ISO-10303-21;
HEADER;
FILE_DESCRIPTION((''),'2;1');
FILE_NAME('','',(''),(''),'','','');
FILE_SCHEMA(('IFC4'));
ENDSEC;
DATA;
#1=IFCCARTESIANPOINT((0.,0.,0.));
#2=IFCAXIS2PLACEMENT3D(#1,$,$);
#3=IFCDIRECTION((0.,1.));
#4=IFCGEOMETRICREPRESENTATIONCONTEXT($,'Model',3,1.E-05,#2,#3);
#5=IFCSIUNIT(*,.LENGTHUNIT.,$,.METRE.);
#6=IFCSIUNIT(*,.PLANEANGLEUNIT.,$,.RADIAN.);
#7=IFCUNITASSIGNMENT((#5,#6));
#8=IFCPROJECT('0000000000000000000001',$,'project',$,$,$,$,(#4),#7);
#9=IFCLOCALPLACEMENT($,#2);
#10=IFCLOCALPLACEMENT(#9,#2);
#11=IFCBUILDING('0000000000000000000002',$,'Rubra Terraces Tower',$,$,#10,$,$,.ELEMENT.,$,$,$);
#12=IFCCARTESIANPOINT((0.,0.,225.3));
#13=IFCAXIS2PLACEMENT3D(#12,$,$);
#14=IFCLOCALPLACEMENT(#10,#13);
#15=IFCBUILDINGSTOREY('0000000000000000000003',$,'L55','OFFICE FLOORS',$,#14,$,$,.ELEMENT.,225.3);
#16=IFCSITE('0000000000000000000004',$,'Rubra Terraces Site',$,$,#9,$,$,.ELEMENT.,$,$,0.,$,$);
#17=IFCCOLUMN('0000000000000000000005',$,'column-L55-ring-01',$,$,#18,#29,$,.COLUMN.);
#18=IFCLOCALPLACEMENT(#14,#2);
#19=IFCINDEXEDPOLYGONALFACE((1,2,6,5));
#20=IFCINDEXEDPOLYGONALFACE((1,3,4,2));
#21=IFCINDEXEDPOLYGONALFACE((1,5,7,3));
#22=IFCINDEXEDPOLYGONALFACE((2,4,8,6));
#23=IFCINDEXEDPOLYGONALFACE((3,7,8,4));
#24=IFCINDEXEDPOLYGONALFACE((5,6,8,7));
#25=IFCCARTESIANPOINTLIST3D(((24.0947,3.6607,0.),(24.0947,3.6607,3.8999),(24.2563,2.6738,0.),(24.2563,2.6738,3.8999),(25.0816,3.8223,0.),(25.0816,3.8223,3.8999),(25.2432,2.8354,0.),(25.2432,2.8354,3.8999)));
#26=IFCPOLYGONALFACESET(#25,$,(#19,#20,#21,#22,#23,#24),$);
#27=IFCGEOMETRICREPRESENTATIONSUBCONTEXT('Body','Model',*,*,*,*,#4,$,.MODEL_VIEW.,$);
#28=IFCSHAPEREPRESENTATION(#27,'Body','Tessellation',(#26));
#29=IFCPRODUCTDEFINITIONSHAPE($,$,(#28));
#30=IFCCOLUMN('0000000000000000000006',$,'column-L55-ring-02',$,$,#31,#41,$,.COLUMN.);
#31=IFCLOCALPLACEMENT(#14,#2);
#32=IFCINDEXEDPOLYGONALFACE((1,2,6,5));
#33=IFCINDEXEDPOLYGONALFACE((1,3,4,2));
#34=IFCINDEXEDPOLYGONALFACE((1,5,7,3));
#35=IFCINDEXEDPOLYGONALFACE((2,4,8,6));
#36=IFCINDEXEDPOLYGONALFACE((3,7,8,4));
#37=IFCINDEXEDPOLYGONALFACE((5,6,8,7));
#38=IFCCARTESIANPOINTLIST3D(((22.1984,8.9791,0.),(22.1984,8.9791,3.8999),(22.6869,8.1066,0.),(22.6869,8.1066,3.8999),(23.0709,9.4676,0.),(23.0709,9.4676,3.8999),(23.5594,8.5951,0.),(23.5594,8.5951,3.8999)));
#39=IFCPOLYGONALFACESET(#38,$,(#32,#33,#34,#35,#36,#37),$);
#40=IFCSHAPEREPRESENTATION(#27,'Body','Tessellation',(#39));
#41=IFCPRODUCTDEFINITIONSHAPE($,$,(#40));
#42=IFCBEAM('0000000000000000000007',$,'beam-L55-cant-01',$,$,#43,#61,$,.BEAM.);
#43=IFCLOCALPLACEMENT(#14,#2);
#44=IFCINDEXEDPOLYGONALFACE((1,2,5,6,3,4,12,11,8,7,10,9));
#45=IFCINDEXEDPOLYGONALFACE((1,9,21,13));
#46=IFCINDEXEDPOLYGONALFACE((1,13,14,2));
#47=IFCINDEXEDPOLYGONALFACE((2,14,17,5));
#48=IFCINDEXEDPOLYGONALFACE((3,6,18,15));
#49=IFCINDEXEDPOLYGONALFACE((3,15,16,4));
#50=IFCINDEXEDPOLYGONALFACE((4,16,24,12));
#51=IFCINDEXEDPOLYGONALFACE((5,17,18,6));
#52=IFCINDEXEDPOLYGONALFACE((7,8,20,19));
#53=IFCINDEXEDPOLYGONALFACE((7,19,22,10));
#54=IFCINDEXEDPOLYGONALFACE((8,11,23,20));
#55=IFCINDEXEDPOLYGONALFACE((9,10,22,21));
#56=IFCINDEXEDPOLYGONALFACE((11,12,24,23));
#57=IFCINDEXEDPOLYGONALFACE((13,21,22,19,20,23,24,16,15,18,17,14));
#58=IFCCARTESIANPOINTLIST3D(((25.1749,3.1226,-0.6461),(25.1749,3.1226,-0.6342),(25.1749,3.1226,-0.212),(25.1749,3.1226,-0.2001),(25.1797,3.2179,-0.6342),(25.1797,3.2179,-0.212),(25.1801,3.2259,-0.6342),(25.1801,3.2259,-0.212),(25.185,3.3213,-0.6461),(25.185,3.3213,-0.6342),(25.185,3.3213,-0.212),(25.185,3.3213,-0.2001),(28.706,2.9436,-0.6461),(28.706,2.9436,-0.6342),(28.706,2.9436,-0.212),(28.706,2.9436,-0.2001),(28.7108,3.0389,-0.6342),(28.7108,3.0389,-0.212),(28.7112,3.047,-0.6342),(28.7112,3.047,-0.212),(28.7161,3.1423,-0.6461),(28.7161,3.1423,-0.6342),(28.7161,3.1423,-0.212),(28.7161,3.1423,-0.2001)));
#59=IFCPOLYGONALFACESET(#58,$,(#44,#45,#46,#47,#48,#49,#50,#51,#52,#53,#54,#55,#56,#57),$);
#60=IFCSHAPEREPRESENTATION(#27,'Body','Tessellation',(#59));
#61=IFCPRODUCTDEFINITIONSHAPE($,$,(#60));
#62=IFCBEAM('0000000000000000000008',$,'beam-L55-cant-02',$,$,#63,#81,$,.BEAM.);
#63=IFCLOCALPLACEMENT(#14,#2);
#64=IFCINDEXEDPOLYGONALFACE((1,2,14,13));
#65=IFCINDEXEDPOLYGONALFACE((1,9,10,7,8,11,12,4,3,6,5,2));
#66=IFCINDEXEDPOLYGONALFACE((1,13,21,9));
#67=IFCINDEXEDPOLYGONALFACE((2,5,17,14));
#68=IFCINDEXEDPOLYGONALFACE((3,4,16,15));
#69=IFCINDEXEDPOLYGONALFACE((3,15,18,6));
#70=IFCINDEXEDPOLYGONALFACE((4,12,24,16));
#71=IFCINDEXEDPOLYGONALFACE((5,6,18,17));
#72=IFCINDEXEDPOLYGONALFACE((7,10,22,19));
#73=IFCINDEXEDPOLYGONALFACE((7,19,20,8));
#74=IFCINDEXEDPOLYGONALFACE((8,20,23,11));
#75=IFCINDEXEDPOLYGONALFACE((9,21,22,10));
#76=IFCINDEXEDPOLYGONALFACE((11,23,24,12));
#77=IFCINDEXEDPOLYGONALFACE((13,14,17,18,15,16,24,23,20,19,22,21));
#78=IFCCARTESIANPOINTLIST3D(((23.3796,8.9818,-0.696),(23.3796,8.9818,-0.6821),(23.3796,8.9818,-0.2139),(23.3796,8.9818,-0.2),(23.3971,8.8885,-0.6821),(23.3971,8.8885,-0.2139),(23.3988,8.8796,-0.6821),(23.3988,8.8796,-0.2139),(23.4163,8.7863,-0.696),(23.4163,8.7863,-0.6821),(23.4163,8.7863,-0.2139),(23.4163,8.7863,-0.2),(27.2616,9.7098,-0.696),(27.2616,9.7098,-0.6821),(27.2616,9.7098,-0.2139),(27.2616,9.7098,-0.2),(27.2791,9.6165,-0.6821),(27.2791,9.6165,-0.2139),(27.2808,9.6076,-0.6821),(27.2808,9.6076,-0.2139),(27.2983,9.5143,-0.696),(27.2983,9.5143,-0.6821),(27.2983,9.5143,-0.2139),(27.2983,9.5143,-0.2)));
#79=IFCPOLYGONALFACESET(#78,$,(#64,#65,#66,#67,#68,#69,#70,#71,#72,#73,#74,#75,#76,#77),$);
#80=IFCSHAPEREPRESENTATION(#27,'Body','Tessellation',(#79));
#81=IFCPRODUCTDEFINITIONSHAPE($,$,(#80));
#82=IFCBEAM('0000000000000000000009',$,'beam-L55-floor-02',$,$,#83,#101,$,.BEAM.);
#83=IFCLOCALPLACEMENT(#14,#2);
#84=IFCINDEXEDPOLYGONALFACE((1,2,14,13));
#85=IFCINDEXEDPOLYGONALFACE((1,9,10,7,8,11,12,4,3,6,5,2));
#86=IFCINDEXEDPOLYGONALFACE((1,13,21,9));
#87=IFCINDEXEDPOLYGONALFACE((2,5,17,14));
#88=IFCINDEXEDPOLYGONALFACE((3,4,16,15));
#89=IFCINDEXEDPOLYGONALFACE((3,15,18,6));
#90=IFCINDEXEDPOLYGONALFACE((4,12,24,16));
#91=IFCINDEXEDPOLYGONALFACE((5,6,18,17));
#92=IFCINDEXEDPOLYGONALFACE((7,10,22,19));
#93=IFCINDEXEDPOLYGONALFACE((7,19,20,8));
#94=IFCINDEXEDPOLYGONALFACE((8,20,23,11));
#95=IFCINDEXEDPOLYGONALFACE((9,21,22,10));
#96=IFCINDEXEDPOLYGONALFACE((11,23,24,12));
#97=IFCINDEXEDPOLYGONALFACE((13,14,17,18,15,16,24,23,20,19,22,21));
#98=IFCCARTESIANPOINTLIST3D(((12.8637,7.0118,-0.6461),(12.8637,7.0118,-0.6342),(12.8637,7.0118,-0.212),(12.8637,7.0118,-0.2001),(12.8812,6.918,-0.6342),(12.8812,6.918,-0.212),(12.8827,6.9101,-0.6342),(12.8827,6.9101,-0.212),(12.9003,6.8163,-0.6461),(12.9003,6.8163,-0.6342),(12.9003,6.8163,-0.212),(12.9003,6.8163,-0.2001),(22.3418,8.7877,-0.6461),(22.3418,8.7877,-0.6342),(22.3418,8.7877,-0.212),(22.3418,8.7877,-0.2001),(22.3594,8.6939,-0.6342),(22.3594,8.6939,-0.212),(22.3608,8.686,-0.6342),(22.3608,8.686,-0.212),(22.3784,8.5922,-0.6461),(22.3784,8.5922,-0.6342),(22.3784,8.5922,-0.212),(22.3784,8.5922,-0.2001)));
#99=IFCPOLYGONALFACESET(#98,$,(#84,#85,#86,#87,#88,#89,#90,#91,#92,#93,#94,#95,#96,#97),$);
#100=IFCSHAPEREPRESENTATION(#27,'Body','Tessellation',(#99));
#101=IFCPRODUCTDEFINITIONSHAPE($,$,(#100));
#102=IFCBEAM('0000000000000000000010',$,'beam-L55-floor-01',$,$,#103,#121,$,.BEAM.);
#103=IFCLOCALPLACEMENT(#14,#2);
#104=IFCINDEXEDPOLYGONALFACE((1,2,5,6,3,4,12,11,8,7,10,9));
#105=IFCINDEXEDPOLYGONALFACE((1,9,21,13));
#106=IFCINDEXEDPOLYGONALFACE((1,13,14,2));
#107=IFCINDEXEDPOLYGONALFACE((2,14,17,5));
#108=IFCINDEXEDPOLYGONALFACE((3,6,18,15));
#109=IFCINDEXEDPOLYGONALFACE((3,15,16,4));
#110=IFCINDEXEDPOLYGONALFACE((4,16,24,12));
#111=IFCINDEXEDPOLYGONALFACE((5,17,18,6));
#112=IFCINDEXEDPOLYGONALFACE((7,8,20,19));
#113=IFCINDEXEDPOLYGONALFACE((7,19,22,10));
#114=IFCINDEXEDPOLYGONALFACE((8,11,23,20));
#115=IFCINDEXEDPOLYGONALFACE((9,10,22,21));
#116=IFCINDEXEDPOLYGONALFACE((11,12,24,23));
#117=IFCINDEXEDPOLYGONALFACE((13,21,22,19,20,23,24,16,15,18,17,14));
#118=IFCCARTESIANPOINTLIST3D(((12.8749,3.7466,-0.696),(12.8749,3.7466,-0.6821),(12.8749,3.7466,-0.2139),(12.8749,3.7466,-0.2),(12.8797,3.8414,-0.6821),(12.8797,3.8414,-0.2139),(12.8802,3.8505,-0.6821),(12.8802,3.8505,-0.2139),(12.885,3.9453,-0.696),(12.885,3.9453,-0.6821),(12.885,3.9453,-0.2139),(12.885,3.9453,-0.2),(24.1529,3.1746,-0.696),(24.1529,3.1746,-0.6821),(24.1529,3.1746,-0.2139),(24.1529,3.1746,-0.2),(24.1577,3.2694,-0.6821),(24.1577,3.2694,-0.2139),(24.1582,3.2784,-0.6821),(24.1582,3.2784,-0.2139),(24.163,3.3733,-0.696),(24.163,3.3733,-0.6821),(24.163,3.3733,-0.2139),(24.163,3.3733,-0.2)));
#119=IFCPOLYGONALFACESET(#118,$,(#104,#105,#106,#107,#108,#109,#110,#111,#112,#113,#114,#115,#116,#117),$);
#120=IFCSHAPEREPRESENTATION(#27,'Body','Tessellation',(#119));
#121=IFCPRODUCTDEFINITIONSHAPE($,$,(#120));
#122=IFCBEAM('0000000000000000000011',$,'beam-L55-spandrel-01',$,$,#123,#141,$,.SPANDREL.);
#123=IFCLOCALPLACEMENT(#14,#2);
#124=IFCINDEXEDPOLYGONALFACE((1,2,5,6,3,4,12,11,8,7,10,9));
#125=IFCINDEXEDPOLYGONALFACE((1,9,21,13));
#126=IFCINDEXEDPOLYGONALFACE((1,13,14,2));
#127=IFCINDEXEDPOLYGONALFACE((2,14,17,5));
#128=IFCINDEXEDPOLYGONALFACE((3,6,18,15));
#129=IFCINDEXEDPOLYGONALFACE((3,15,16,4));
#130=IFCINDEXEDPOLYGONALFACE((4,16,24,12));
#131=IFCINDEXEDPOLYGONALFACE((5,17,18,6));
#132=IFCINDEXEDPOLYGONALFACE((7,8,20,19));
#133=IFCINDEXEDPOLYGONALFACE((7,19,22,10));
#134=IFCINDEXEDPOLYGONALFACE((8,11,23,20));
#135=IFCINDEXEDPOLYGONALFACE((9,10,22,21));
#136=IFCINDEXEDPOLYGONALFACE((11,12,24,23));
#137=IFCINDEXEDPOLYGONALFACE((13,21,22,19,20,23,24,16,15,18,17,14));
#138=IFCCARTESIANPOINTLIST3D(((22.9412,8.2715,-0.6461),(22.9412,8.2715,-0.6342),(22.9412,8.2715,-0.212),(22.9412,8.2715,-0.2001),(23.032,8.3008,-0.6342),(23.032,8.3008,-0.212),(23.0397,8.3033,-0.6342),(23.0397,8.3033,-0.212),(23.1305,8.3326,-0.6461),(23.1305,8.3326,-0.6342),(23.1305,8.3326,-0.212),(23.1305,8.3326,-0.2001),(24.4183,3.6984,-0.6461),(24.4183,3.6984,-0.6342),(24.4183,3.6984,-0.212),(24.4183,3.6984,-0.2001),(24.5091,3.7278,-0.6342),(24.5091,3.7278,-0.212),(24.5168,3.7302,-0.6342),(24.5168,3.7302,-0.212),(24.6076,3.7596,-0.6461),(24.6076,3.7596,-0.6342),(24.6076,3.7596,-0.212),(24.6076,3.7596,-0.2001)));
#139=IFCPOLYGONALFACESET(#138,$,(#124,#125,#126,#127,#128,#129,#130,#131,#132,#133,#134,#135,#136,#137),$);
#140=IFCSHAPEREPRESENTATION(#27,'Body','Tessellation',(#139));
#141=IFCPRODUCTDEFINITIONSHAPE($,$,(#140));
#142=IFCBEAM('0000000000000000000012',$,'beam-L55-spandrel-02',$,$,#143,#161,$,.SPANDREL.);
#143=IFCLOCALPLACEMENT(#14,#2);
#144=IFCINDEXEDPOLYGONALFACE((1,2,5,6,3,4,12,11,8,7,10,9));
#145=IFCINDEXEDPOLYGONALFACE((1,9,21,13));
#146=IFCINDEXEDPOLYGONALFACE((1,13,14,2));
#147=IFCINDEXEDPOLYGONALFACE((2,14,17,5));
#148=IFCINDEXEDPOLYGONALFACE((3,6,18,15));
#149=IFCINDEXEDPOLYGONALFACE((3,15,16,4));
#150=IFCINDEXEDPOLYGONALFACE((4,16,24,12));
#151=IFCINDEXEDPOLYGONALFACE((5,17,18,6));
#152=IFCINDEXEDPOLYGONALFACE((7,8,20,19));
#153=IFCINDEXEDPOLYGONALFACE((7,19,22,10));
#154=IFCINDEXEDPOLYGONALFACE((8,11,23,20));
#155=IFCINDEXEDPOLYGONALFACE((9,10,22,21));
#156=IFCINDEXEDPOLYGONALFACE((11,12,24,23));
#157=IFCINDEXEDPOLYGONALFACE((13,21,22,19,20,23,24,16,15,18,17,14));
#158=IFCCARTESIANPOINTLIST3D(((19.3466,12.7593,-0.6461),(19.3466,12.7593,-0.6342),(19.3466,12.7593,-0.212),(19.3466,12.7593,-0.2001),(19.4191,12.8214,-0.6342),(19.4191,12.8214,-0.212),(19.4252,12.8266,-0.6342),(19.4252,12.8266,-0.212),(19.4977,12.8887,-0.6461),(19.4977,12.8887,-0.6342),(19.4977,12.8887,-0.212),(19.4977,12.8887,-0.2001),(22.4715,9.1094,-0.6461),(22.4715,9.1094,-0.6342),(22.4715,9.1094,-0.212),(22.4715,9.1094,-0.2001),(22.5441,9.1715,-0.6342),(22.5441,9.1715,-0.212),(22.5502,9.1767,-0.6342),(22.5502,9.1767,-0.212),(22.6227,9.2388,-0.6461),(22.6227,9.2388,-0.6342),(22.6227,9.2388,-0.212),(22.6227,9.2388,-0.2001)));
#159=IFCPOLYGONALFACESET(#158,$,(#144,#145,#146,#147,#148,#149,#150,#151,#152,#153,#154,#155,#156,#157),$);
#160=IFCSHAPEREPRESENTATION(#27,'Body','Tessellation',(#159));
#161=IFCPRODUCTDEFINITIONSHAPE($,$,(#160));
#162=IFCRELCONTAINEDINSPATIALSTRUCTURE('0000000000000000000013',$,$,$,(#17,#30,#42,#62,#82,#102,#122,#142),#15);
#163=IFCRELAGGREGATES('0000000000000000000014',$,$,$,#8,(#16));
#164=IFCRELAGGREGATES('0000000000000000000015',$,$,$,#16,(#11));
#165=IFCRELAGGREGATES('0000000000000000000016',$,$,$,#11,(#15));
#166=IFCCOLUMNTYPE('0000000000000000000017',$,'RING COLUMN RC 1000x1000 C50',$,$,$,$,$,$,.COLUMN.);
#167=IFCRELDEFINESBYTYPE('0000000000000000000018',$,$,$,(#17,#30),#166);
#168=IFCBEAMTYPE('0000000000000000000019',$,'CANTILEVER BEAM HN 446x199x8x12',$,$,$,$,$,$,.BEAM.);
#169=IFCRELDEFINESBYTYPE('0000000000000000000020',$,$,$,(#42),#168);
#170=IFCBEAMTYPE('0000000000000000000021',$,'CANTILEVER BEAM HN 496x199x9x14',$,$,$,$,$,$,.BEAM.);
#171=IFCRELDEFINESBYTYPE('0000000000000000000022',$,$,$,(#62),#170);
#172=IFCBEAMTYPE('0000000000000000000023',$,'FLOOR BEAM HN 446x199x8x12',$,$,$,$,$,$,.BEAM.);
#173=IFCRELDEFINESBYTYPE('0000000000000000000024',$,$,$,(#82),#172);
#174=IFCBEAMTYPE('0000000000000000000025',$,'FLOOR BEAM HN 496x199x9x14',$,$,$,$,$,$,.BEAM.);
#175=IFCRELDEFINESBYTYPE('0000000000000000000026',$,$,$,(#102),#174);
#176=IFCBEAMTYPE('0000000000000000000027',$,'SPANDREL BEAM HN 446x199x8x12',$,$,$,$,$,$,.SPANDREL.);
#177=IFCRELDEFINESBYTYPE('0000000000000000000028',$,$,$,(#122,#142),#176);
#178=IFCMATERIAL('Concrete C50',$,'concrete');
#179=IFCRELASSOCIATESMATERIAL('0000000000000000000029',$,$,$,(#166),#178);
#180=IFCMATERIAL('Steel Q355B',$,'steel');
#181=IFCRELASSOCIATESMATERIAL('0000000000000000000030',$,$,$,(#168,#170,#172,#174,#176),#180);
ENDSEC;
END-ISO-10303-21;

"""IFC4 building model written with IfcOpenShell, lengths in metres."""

from ifc_helpers import new_model, si_unit, direction, frame, origin, origin_2d, place, context, subcontext, project, spatial, rectangle, i_section, extrude, material, material_profile, profile_set, type_object, element, save


model = new_model("IFC4")

# Units and contexts
model_context = context("Model", 3, precision=1e-05, world=origin(), true_north=direction((0.0, 1.0)))
body_context = subcontext(model_context, "Body", "Model", "MODEL_VIEW")
ifc_project = project(units=[si_unit("LENGTHUNIT", "METRE"), si_unit("PLANEANGLEUNIT", "RADIAN")], contexts=[model_context])

# Site, building, storey
site_placement = place(None, origin())
site = spatial("IfcSite", under=ifc_project, at=site_placement, Name="Rubra Terraces Site", CompositionType="ELEMENT", RefElevation=0.0)
building_placement = place(site_placement, origin())
building = spatial("IfcBuilding", under=site, at=building_placement, Name="Rubra Terraces Tower", CompositionType="ELEMENT")
storey_placement = place(building_placement, frame((0.0, 0.0, 225.3)))
storey = spatial("IfcBuildingStorey", under=building, at=storey_placement, Name="L55", Description="OFFICE FLOORS", CompositionType="ELEMENT", Elevation=225.3)

# Columns
ifc_material_1 = material(Name="Concrete C50", Category="concrete")
ifc_material_profile_1 = material_profile(ifc_material_1, rectangle(XDim=1.0, YDim=1.0, at=origin_2d()), Name="RC 1000x1000")
ifc_profile_set_1 = profile_set([ifc_material_profile_1], Name="Concrete C50")
column_type = type_object("IfcColumnType", Name="RING COLUMN RC 1000x1000 C50", PredefinedType="COLUMN", material=ifc_profile_set_1)
for number, where, z_axis, x_axis, name in (
    (1, (24.6689, 3.248, 0.0), (0.0, 0.0, 1.0), (-0.161559, 0.986863, 0.0), "column-L55-ring-01"),
    (2, (22.8789, 8.7871, 0.0), (0.0, 0.0, 1.0), (-0.488526, 0.872549, 0.0), "column-L55-ring-02"),
):
    element("IfcColumn", number, at=place(storey_placement, frame(where, z_axis=z_axis, x_axis=x_axis)), inside=storey, type_object=column_type, Name=name, PredefinedType="COLUMN", context=body_context, shape_type="SweptSolid", body=[
        extrude(rectangle(XDim=1.0, YDim=1.0, at=origin_2d()), origin(), (0.0, 0.0, 1.0), 3.8999),
    ])

# Beams
ifc_material_2 = material(Name="Steel Q355B", Category="steel")
ifc_material_profile_2 = material_profile(ifc_material_2, i_section(OverallWidth=0.199, OverallDepth=0.446, WebThickness=0.0081, FlangeThickness=0.012, at=origin_2d()), Name="HN 446x199x8x12")
ifc_profile_set_2 = profile_set([ifc_material_profile_2], Name="Steel Q355B")
beam_type_1 = type_object("IfcBeamType", Name="CANTILEVER BEAM HN 446x199x8x12", PredefinedType="BEAM", material=ifc_profile_set_2)
beam_1_placement = place(storey_placement, frame((25.1799, 3.2219, -0.4231), z_axis=(0.998718, -0.050616, 0.0), x_axis=(0.050616, 0.998718, 0.0)))
element("IfcBeam", 3, at=beam_1_placement, inside=storey, type_object=beam_type_1, Name="beam-L55-cant-01", PredefinedType="BEAM", context=body_context, shape_type="SweptSolid", body=[
    extrude(i_section(OverallWidth=0.199, OverallDepth=0.446, WebThickness=0.0081, FlangeThickness=0.012, at=origin_2d()), origin(), (0.0, 0.0, 1.0), 3.5356),
])
ifc_material_profile_3 = material_profile(ifc_material_2, i_section(OverallWidth=0.199, OverallDepth=0.4961, WebThickness=0.009, FlangeThickness=0.0139, at=origin_2d()), Name="HN 496x199x9x14")
ifc_profile_set_3 = profile_set([ifc_material_profile_3], Name="Steel Q355B")
beam_type_2 = type_object("IfcBeamType", Name="CANTILEVER BEAM HN 496x199x9x14", PredefinedType="BEAM", material=ifc_profile_set_3)
beam_2_placement = place(storey_placement, frame((23.3979, 8.884, -0.448), z_axis=(0.982866, 0.184322, 0.0), x_axis=(-0.184322, 0.982866, 0.0)))
element("IfcBeam", 4, at=beam_2_placement, inside=storey, type_object=beam_type_2, Name="beam-L55-cant-02", PredefinedType="BEAM", context=body_context, shape_type="SweptSolid", body=[
    extrude(i_section(OverallWidth=0.199, OverallDepth=0.4961, WebThickness=0.009, FlangeThickness=0.0139, at=origin_2d()), origin(), (0.0, 0.0, 1.0), 3.9497),
])
ifc_material_profile_4 = material_profile(ifc_material_2, i_section(OverallWidth=0.199, OverallDepth=0.446, WebThickness=0.0081, FlangeThickness=0.012, at=origin_2d()), Name="HN 446x199x8x12")
ifc_profile_set_4 = profile_set([ifc_material_profile_4], Name="Steel Q355B")
beam_type_3 = type_object("IfcBeamType", Name="FLOOR BEAM HN 446x199x8x12", PredefinedType="BEAM", material=ifc_profile_set_4)
beam_3_placement = place(storey_placement, frame((22.3601, 8.6899, -0.4231), z_axis=(-0.982896, -0.184163, 0.0), x_axis=(0.184163, -0.982896, 0.0)))
element("IfcBeam", 5, at=beam_3_placement, inside=storey, type_object=beam_type_3, Name="beam-L55-floor-02", PredefinedType="BEAM", context=body_context, shape_type="SweptSolid", body=[
    extrude(i_section(OverallWidth=0.199, OverallDepth=0.446, WebThickness=0.0081, FlangeThickness=0.012, at=origin_2d()), origin(), (0.0, 0.0, 1.0), 9.6431),
])
ifc_material_profile_5 = material_profile(ifc_material_2, i_section(OverallWidth=0.199, OverallDepth=0.4961, WebThickness=0.009, FlangeThickness=0.0139, at=origin_2d()), Name="HN 496x199x9x14")
ifc_profile_set_5 = profile_set([ifc_material_profile_5], Name="Steel Q355B")
beam_type_4 = type_object("IfcBeamType", Name="FLOOR BEAM HN 496x199x9x14", PredefinedType="BEAM", material=ifc_profile_set_5)
beam_4_placement = place(storey_placement, frame((24.158, 3.2739, -0.448), z_axis=(-0.998716, 0.050655, 0.0), x_axis=(-0.050655, -0.998716, 0.0)))
element("IfcBeam", 6, at=beam_4_placement, inside=storey, type_object=beam_type_4, Name="beam-L55-floor-01", PredefinedType="BEAM", context=body_context, shape_type="SweptSolid", body=[
    extrude(i_section(OverallWidth=0.199, OverallDepth=0.4961, WebThickness=0.009, FlangeThickness=0.0139, at=origin_2d()), origin(), (0.0, 0.0, 1.0), 11.2925),
])
ifc_material_profile_6 = material_profile(ifc_material_2, i_section(OverallWidth=0.199, OverallDepth=0.446, WebThickness=0.0081, FlangeThickness=0.012, at=origin_2d()), Name="HN 446x199x8x12")
ifc_profile_set_6 = profile_set([ifc_material_profile_6], Name="Steel Q355B")
beam_type_5 = type_object("IfcBeamType", Name="SPANDREL BEAM HN 446x199x8x12", PredefinedType="SPANDREL", material=ifc_profile_set_6)
beam_5_placement = place(storey_placement, frame((24.5129, 3.729, -0.4231), z_axis=(-0.307359, 0.951594, 0.0), x_axis=(-0.951594, -0.307359, 0.0)))
element("IfcBeam", 7, at=beam_5_placement, inside=storey, type_object=beam_type_5, Name="beam-L55-spandrel-01", PredefinedType="SPANDREL", context=body_context, shape_type="SweptSolid", body=[
    extrude(i_section(OverallWidth=0.199, OverallDepth=0.446, WebThickness=0.0081, FlangeThickness=0.012, at=origin_2d()), origin(), (0.0, 0.0, 1.0), 4.8057),
])
beam_6_placement = place(storey_placement, frame((22.5471, 9.1741, -0.4231), z_axis=(-0.650373, 0.759615, 0.0), x_axis=(-0.759615, -0.650373, 0.0)))
element("IfcBeam", 8, at=beam_6_placement, inside=storey, type_object=beam_type_5, Name="beam-L55-spandrel-02", PredefinedType="SPANDREL", context=body_context, shape_type="SweptSolid", body=[
    extrude(i_section(OverallWidth=0.199, OverallDepth=0.446, WebThickness=0.0081, FlangeThickness=0.012, at=origin_2d()), origin(), (0.0, 0.0, 1.0), 4.8049),
])

save(model, "model.ifc")
